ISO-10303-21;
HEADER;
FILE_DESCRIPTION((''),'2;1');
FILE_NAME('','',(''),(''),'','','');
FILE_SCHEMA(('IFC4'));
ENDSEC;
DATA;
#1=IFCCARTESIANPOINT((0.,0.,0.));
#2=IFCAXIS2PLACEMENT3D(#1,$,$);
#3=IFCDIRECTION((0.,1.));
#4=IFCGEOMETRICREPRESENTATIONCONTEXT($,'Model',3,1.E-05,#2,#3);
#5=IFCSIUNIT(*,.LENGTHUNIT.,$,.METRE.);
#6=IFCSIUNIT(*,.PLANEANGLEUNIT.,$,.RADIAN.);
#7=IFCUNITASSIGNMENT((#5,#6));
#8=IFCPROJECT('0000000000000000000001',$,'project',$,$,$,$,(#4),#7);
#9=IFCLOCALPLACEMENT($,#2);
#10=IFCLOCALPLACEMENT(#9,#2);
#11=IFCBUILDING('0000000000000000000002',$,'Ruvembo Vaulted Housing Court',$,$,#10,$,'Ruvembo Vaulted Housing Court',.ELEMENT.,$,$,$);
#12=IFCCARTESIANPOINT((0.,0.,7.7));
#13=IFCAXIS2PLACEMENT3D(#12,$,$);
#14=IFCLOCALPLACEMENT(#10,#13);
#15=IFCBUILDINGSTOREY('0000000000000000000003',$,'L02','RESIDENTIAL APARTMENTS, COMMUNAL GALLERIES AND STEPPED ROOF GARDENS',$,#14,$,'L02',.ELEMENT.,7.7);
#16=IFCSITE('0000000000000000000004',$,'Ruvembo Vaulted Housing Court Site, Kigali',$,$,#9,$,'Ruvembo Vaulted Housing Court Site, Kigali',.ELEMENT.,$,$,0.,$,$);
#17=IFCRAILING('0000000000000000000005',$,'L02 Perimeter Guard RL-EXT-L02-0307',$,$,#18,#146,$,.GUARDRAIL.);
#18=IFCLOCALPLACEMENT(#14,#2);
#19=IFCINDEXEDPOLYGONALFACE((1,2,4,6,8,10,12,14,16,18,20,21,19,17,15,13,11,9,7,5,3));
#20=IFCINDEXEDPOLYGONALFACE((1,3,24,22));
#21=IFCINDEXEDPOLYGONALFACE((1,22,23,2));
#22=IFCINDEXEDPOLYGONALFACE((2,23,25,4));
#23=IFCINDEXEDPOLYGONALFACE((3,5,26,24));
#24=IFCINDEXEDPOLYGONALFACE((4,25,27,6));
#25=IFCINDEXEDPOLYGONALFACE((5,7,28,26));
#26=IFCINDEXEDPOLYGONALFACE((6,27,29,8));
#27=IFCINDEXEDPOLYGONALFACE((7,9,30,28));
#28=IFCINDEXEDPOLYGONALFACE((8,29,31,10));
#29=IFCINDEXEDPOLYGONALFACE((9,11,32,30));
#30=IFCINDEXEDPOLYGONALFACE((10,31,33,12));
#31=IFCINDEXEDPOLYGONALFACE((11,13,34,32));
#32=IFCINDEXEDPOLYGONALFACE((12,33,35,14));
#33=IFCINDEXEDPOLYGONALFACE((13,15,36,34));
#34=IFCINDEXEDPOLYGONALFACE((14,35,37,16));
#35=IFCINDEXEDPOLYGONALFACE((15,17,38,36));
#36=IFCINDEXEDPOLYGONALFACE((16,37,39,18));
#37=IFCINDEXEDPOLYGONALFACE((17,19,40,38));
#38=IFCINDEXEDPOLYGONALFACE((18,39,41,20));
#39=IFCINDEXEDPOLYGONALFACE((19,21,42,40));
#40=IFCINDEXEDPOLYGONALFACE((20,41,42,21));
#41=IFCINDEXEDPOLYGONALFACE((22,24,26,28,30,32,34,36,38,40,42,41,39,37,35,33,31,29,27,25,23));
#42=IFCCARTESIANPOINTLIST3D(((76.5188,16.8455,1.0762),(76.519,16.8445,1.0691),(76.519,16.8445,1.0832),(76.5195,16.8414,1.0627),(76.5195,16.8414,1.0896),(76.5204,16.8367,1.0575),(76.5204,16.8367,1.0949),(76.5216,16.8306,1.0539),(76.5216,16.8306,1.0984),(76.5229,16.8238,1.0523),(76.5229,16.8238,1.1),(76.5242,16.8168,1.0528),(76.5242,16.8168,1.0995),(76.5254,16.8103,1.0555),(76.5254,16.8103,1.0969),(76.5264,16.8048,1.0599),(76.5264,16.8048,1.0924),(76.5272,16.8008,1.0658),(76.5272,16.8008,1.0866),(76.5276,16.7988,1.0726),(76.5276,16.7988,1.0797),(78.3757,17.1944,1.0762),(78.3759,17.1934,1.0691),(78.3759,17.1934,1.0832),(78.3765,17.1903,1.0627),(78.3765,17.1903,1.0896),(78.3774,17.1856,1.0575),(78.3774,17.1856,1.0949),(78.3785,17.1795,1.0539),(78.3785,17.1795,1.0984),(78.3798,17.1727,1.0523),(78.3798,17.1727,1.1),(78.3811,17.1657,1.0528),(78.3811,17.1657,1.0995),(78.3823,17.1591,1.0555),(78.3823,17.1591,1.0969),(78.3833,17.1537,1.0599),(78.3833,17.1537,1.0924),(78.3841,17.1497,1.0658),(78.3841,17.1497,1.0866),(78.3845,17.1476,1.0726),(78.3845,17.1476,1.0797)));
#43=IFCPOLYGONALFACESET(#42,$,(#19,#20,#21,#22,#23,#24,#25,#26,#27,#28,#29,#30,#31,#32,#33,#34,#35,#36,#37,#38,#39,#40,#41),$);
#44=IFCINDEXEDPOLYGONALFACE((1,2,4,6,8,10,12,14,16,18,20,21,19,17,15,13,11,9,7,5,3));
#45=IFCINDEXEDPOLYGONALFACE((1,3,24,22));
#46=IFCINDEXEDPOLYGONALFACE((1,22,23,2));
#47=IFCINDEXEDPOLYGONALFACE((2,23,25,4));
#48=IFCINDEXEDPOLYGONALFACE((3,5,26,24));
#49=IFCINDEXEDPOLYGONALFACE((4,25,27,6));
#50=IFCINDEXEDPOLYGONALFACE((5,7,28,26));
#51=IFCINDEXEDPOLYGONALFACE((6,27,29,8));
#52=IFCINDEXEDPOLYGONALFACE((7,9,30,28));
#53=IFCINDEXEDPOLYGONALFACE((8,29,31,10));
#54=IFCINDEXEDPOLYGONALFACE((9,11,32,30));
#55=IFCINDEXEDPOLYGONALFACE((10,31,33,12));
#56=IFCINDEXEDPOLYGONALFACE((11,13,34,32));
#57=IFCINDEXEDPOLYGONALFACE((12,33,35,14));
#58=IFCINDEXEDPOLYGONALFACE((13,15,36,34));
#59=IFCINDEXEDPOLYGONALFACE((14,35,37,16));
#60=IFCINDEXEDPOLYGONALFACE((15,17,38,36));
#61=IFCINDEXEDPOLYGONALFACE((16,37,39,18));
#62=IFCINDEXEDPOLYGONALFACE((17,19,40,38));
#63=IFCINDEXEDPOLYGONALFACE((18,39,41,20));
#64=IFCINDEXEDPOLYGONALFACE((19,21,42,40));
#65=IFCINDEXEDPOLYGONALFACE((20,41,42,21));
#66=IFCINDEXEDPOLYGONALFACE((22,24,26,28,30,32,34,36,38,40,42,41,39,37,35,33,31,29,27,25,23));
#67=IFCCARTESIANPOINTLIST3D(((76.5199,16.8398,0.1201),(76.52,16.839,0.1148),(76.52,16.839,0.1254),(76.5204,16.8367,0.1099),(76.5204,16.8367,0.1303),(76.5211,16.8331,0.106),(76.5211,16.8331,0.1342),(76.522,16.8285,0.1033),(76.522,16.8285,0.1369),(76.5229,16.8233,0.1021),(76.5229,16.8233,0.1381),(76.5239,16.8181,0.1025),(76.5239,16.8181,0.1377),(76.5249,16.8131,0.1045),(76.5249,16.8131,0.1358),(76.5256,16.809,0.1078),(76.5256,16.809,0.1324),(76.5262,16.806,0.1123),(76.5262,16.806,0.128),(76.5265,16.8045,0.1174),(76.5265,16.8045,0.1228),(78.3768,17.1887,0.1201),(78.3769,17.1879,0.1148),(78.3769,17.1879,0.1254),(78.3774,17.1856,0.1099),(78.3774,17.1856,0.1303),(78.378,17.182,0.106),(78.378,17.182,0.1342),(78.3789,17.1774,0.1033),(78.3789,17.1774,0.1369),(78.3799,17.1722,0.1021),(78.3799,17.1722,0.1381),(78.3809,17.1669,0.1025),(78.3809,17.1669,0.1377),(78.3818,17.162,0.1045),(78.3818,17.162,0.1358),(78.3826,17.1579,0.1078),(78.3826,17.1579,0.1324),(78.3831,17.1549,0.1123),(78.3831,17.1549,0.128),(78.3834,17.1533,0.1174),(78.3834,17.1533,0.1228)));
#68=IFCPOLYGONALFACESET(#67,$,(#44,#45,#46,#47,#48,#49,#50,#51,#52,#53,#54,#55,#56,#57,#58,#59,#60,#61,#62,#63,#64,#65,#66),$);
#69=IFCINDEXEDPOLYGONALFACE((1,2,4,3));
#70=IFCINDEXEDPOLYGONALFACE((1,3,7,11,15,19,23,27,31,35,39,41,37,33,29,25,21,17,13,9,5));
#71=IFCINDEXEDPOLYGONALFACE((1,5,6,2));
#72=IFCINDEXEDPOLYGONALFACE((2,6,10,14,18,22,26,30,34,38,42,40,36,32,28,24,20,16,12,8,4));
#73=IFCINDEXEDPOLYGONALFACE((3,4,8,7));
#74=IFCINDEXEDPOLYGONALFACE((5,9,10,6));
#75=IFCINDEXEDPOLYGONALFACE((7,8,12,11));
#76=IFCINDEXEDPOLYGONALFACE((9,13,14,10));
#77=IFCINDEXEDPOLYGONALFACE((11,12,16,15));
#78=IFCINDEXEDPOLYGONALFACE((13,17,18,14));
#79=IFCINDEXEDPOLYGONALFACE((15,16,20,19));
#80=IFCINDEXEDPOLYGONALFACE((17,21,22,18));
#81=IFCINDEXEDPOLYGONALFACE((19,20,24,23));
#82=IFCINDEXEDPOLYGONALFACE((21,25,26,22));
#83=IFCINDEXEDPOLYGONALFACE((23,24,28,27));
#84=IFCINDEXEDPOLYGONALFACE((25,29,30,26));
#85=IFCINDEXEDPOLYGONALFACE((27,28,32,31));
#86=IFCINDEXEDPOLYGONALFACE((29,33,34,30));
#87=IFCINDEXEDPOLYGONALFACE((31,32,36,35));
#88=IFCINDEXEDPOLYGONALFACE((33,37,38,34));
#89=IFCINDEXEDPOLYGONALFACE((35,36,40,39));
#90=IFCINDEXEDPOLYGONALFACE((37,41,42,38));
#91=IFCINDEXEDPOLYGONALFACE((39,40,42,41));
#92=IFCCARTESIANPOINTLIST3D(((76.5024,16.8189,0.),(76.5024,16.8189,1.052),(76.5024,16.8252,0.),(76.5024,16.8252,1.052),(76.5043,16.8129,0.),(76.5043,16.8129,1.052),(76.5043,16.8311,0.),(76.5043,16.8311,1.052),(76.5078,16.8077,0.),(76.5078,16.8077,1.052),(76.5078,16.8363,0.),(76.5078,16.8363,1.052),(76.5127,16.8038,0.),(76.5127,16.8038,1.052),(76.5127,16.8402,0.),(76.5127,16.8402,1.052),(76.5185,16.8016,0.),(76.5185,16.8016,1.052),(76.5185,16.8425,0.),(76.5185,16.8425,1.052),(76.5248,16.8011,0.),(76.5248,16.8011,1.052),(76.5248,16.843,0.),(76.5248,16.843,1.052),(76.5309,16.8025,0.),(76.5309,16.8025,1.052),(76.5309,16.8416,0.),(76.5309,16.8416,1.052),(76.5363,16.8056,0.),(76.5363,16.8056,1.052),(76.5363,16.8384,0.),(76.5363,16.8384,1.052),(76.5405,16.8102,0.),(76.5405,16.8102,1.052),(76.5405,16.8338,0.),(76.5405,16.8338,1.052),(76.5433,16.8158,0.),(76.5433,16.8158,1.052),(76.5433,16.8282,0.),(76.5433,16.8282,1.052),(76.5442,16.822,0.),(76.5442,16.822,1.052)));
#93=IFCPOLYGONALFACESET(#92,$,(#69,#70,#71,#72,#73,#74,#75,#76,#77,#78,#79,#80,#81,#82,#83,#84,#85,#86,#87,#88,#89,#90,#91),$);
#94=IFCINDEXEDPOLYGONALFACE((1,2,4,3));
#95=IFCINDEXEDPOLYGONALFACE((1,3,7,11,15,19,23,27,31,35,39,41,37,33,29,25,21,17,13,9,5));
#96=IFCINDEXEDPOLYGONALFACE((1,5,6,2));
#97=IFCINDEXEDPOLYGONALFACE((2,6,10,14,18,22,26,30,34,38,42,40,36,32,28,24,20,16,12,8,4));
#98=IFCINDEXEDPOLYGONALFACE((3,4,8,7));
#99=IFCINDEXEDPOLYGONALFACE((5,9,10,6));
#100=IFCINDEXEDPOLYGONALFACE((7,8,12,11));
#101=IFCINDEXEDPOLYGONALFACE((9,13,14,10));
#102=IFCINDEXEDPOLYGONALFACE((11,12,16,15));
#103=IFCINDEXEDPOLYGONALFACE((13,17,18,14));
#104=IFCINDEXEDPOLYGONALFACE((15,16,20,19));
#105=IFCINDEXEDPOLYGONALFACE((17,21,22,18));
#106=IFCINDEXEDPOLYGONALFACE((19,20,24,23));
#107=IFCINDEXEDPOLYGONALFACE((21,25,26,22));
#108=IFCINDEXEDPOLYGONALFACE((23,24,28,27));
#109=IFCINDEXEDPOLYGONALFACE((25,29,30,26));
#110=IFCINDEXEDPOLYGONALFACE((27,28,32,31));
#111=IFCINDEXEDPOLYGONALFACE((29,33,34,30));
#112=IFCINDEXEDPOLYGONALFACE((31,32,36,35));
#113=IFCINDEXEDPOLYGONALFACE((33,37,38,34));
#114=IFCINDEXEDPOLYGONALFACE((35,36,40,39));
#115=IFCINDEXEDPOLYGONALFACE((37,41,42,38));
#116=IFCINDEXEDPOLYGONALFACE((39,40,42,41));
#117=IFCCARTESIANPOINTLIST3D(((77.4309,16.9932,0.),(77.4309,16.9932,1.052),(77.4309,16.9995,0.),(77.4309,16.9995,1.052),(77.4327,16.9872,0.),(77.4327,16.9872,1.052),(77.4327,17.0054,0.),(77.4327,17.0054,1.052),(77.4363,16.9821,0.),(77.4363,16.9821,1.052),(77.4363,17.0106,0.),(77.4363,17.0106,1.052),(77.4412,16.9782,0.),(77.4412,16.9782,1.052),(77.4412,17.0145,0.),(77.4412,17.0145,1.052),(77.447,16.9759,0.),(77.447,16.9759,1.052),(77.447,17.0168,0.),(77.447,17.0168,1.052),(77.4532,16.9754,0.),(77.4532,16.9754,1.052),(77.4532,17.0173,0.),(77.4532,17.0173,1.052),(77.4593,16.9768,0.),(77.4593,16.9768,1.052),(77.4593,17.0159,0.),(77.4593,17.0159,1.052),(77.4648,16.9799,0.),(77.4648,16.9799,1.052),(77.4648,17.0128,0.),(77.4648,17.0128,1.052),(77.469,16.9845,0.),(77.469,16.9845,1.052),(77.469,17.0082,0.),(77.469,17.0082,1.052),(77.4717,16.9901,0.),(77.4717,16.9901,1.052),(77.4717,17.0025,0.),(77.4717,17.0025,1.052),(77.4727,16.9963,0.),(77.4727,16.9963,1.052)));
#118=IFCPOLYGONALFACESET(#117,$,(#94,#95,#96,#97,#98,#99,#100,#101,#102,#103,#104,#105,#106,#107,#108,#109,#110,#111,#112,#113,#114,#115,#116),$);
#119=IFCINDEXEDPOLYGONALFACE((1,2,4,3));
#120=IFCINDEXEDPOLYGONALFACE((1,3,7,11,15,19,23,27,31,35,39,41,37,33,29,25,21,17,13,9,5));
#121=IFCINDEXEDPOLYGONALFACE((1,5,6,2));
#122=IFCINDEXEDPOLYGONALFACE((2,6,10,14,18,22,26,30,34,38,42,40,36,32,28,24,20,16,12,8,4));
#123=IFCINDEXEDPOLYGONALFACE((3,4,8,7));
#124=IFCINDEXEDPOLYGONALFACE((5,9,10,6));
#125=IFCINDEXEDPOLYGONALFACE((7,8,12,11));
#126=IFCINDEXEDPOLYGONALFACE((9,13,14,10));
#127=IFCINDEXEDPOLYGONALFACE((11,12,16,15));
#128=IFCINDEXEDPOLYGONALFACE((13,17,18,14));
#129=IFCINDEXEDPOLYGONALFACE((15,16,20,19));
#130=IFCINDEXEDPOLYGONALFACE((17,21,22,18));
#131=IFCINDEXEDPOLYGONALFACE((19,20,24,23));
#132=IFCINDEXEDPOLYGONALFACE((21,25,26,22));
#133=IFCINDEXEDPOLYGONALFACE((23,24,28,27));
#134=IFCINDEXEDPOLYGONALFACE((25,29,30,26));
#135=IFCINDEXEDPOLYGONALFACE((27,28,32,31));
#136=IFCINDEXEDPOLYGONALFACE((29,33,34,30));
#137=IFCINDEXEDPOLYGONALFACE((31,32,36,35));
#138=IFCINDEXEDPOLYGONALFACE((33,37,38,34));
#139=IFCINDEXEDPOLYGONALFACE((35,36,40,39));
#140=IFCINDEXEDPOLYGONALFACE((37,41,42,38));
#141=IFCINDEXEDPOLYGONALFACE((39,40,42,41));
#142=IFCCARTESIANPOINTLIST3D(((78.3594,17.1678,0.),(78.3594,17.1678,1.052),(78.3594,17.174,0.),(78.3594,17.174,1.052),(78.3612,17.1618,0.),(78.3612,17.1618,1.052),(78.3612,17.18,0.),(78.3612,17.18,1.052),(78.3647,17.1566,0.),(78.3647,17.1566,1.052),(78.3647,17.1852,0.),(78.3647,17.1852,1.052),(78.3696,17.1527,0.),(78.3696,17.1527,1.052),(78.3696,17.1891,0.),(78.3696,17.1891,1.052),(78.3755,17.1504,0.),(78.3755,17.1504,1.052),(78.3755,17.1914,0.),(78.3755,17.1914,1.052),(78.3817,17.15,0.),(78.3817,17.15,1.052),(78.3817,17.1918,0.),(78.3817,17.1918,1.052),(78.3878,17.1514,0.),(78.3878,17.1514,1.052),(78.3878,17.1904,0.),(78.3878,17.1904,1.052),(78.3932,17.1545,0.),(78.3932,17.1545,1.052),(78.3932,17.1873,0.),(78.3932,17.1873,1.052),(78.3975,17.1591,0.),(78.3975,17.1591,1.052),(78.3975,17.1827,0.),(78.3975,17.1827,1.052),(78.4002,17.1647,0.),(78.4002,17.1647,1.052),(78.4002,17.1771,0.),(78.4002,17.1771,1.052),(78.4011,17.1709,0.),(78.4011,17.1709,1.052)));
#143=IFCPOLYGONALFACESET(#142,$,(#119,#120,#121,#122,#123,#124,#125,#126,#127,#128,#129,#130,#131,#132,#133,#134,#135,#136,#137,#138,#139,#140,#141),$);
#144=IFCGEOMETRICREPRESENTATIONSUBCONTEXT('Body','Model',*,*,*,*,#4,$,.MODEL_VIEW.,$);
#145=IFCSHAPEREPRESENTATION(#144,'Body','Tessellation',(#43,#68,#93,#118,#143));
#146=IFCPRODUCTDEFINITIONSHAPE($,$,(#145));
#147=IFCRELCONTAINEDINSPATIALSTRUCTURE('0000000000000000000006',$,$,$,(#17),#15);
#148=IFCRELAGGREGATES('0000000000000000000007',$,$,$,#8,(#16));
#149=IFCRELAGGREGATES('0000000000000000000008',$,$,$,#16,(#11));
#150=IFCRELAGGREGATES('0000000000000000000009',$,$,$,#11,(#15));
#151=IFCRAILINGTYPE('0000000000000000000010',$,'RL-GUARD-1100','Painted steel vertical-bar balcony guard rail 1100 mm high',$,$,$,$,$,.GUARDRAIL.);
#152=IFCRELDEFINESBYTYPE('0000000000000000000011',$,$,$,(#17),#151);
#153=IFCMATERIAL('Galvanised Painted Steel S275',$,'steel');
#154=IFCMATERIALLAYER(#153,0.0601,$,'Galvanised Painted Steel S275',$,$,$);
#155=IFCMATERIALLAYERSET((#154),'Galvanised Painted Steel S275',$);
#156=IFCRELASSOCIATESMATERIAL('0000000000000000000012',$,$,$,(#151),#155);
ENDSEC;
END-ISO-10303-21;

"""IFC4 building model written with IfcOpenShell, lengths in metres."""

from ifc_helpers import new_model, si_unit, direction, frame, origin, origin_2d, place, context, subcontext, project, spatial, circle, extrude, material, layer, layer_set, type_object, element, save


model = new_model("IFC4")

# Units and contexts
model_context = context("Model", 3, precision=1e-05, world=origin(), true_north=direction((0.0, 1.0)))
body_context = subcontext(model_context, "Body", "Model", "MODEL_VIEW")
ifc_project = project(units=[si_unit("LENGTHUNIT", "METRE"), si_unit("PLANEANGLEUNIT", "RADIAN")], contexts=[model_context])

# Site, building, storey
site_placement = place(None, origin())
site = spatial("IfcSite", under=ifc_project, at=site_placement, Name="Ruvembo Vaulted Housing Court Site, Kigali", LongName="Ruvembo Vaulted Housing Court Site, Kigali", CompositionType="ELEMENT", RefElevation=0.0)
building_placement = place(site_placement, origin())
building = spatial("IfcBuilding", under=site, at=building_placement, Name="Ruvembo Vaulted Housing Court", LongName="Ruvembo Vaulted Housing Court", CompositionType="ELEMENT")
storey_placement = place(building_placement, frame((0.0, 0.0, 7.7)))
storey = spatial("IfcBuildingStorey", under=building, at=storey_placement, Name="L02", Description="RESIDENTIAL APARTMENTS, COMMUNAL GALLERIES AND STEPPED ROOF GARDENS", LongName="L02", CompositionType="ELEMENT", Elevation=7.7)

# Railing
ifc_material_1 = material(Name="Galvanised Painted Steel S275", Category="steel")
ifc_layer = layer(ifc_material_1, 0.0601, Name="Galvanised Painted Steel S275")
ifc_layer_set = layer_set([ifc_layer], Name="Galvanised Painted Steel S275")
railing_type = type_object("IfcRailingType", Name="RL-GUARD-1100", Description="Painted steel vertical-bar balcony guard rail 1100 mm high", PredefinedType="GUARDRAIL", material=ifc_layer_set)
railing_1_placement = place(storey_placement, frame((76.5232, 16.822, 0.0)))
element("IfcRailing", 1, at=railing_1_placement, inside=storey, type_object=railing_type, Name="L02 Perimeter Guard RL-EXT-L02-0307", PredefinedType="GUARDRAIL", context=body_context, shape_type="SweptSolid", body=[
    extrude(circle(Radius=0.0239, at=origin_2d()), frame((0.0, 0.0, 1.0762), z_axis=(0.982805, 0.184647, 0.0), x_axis=(-0.184647, 0.982805, 0.0)), (0.0, 0.0, 1.0), 1.8894),
    extrude(circle(Radius=0.0181, at=origin_2d()), frame((0.0, 0.0, 0.1201), z_axis=(0.982805, 0.184647, 0.0), x_axis=(-0.184647, 0.982805, 0.0)), (0.0, 0.0, 1.0), 1.8894),
    extrude(circle(Radius=0.021, at=origin_2d()), origin(), (0.0, 0.0, 1.0), 1.052),
    extrude(circle(Radius=0.021, at=origin_2d()), frame((0.9285, 0.1743, 0.0)), (0.0, 0.0, 1.0), 1.052),
    extrude(circle(Radius=0.021, at=origin_2d()), frame((1.8569, 0.3489, 0.0)), (0.0, 0.0, 1.0), 1.052),
])

save(model, "model.ifc")
